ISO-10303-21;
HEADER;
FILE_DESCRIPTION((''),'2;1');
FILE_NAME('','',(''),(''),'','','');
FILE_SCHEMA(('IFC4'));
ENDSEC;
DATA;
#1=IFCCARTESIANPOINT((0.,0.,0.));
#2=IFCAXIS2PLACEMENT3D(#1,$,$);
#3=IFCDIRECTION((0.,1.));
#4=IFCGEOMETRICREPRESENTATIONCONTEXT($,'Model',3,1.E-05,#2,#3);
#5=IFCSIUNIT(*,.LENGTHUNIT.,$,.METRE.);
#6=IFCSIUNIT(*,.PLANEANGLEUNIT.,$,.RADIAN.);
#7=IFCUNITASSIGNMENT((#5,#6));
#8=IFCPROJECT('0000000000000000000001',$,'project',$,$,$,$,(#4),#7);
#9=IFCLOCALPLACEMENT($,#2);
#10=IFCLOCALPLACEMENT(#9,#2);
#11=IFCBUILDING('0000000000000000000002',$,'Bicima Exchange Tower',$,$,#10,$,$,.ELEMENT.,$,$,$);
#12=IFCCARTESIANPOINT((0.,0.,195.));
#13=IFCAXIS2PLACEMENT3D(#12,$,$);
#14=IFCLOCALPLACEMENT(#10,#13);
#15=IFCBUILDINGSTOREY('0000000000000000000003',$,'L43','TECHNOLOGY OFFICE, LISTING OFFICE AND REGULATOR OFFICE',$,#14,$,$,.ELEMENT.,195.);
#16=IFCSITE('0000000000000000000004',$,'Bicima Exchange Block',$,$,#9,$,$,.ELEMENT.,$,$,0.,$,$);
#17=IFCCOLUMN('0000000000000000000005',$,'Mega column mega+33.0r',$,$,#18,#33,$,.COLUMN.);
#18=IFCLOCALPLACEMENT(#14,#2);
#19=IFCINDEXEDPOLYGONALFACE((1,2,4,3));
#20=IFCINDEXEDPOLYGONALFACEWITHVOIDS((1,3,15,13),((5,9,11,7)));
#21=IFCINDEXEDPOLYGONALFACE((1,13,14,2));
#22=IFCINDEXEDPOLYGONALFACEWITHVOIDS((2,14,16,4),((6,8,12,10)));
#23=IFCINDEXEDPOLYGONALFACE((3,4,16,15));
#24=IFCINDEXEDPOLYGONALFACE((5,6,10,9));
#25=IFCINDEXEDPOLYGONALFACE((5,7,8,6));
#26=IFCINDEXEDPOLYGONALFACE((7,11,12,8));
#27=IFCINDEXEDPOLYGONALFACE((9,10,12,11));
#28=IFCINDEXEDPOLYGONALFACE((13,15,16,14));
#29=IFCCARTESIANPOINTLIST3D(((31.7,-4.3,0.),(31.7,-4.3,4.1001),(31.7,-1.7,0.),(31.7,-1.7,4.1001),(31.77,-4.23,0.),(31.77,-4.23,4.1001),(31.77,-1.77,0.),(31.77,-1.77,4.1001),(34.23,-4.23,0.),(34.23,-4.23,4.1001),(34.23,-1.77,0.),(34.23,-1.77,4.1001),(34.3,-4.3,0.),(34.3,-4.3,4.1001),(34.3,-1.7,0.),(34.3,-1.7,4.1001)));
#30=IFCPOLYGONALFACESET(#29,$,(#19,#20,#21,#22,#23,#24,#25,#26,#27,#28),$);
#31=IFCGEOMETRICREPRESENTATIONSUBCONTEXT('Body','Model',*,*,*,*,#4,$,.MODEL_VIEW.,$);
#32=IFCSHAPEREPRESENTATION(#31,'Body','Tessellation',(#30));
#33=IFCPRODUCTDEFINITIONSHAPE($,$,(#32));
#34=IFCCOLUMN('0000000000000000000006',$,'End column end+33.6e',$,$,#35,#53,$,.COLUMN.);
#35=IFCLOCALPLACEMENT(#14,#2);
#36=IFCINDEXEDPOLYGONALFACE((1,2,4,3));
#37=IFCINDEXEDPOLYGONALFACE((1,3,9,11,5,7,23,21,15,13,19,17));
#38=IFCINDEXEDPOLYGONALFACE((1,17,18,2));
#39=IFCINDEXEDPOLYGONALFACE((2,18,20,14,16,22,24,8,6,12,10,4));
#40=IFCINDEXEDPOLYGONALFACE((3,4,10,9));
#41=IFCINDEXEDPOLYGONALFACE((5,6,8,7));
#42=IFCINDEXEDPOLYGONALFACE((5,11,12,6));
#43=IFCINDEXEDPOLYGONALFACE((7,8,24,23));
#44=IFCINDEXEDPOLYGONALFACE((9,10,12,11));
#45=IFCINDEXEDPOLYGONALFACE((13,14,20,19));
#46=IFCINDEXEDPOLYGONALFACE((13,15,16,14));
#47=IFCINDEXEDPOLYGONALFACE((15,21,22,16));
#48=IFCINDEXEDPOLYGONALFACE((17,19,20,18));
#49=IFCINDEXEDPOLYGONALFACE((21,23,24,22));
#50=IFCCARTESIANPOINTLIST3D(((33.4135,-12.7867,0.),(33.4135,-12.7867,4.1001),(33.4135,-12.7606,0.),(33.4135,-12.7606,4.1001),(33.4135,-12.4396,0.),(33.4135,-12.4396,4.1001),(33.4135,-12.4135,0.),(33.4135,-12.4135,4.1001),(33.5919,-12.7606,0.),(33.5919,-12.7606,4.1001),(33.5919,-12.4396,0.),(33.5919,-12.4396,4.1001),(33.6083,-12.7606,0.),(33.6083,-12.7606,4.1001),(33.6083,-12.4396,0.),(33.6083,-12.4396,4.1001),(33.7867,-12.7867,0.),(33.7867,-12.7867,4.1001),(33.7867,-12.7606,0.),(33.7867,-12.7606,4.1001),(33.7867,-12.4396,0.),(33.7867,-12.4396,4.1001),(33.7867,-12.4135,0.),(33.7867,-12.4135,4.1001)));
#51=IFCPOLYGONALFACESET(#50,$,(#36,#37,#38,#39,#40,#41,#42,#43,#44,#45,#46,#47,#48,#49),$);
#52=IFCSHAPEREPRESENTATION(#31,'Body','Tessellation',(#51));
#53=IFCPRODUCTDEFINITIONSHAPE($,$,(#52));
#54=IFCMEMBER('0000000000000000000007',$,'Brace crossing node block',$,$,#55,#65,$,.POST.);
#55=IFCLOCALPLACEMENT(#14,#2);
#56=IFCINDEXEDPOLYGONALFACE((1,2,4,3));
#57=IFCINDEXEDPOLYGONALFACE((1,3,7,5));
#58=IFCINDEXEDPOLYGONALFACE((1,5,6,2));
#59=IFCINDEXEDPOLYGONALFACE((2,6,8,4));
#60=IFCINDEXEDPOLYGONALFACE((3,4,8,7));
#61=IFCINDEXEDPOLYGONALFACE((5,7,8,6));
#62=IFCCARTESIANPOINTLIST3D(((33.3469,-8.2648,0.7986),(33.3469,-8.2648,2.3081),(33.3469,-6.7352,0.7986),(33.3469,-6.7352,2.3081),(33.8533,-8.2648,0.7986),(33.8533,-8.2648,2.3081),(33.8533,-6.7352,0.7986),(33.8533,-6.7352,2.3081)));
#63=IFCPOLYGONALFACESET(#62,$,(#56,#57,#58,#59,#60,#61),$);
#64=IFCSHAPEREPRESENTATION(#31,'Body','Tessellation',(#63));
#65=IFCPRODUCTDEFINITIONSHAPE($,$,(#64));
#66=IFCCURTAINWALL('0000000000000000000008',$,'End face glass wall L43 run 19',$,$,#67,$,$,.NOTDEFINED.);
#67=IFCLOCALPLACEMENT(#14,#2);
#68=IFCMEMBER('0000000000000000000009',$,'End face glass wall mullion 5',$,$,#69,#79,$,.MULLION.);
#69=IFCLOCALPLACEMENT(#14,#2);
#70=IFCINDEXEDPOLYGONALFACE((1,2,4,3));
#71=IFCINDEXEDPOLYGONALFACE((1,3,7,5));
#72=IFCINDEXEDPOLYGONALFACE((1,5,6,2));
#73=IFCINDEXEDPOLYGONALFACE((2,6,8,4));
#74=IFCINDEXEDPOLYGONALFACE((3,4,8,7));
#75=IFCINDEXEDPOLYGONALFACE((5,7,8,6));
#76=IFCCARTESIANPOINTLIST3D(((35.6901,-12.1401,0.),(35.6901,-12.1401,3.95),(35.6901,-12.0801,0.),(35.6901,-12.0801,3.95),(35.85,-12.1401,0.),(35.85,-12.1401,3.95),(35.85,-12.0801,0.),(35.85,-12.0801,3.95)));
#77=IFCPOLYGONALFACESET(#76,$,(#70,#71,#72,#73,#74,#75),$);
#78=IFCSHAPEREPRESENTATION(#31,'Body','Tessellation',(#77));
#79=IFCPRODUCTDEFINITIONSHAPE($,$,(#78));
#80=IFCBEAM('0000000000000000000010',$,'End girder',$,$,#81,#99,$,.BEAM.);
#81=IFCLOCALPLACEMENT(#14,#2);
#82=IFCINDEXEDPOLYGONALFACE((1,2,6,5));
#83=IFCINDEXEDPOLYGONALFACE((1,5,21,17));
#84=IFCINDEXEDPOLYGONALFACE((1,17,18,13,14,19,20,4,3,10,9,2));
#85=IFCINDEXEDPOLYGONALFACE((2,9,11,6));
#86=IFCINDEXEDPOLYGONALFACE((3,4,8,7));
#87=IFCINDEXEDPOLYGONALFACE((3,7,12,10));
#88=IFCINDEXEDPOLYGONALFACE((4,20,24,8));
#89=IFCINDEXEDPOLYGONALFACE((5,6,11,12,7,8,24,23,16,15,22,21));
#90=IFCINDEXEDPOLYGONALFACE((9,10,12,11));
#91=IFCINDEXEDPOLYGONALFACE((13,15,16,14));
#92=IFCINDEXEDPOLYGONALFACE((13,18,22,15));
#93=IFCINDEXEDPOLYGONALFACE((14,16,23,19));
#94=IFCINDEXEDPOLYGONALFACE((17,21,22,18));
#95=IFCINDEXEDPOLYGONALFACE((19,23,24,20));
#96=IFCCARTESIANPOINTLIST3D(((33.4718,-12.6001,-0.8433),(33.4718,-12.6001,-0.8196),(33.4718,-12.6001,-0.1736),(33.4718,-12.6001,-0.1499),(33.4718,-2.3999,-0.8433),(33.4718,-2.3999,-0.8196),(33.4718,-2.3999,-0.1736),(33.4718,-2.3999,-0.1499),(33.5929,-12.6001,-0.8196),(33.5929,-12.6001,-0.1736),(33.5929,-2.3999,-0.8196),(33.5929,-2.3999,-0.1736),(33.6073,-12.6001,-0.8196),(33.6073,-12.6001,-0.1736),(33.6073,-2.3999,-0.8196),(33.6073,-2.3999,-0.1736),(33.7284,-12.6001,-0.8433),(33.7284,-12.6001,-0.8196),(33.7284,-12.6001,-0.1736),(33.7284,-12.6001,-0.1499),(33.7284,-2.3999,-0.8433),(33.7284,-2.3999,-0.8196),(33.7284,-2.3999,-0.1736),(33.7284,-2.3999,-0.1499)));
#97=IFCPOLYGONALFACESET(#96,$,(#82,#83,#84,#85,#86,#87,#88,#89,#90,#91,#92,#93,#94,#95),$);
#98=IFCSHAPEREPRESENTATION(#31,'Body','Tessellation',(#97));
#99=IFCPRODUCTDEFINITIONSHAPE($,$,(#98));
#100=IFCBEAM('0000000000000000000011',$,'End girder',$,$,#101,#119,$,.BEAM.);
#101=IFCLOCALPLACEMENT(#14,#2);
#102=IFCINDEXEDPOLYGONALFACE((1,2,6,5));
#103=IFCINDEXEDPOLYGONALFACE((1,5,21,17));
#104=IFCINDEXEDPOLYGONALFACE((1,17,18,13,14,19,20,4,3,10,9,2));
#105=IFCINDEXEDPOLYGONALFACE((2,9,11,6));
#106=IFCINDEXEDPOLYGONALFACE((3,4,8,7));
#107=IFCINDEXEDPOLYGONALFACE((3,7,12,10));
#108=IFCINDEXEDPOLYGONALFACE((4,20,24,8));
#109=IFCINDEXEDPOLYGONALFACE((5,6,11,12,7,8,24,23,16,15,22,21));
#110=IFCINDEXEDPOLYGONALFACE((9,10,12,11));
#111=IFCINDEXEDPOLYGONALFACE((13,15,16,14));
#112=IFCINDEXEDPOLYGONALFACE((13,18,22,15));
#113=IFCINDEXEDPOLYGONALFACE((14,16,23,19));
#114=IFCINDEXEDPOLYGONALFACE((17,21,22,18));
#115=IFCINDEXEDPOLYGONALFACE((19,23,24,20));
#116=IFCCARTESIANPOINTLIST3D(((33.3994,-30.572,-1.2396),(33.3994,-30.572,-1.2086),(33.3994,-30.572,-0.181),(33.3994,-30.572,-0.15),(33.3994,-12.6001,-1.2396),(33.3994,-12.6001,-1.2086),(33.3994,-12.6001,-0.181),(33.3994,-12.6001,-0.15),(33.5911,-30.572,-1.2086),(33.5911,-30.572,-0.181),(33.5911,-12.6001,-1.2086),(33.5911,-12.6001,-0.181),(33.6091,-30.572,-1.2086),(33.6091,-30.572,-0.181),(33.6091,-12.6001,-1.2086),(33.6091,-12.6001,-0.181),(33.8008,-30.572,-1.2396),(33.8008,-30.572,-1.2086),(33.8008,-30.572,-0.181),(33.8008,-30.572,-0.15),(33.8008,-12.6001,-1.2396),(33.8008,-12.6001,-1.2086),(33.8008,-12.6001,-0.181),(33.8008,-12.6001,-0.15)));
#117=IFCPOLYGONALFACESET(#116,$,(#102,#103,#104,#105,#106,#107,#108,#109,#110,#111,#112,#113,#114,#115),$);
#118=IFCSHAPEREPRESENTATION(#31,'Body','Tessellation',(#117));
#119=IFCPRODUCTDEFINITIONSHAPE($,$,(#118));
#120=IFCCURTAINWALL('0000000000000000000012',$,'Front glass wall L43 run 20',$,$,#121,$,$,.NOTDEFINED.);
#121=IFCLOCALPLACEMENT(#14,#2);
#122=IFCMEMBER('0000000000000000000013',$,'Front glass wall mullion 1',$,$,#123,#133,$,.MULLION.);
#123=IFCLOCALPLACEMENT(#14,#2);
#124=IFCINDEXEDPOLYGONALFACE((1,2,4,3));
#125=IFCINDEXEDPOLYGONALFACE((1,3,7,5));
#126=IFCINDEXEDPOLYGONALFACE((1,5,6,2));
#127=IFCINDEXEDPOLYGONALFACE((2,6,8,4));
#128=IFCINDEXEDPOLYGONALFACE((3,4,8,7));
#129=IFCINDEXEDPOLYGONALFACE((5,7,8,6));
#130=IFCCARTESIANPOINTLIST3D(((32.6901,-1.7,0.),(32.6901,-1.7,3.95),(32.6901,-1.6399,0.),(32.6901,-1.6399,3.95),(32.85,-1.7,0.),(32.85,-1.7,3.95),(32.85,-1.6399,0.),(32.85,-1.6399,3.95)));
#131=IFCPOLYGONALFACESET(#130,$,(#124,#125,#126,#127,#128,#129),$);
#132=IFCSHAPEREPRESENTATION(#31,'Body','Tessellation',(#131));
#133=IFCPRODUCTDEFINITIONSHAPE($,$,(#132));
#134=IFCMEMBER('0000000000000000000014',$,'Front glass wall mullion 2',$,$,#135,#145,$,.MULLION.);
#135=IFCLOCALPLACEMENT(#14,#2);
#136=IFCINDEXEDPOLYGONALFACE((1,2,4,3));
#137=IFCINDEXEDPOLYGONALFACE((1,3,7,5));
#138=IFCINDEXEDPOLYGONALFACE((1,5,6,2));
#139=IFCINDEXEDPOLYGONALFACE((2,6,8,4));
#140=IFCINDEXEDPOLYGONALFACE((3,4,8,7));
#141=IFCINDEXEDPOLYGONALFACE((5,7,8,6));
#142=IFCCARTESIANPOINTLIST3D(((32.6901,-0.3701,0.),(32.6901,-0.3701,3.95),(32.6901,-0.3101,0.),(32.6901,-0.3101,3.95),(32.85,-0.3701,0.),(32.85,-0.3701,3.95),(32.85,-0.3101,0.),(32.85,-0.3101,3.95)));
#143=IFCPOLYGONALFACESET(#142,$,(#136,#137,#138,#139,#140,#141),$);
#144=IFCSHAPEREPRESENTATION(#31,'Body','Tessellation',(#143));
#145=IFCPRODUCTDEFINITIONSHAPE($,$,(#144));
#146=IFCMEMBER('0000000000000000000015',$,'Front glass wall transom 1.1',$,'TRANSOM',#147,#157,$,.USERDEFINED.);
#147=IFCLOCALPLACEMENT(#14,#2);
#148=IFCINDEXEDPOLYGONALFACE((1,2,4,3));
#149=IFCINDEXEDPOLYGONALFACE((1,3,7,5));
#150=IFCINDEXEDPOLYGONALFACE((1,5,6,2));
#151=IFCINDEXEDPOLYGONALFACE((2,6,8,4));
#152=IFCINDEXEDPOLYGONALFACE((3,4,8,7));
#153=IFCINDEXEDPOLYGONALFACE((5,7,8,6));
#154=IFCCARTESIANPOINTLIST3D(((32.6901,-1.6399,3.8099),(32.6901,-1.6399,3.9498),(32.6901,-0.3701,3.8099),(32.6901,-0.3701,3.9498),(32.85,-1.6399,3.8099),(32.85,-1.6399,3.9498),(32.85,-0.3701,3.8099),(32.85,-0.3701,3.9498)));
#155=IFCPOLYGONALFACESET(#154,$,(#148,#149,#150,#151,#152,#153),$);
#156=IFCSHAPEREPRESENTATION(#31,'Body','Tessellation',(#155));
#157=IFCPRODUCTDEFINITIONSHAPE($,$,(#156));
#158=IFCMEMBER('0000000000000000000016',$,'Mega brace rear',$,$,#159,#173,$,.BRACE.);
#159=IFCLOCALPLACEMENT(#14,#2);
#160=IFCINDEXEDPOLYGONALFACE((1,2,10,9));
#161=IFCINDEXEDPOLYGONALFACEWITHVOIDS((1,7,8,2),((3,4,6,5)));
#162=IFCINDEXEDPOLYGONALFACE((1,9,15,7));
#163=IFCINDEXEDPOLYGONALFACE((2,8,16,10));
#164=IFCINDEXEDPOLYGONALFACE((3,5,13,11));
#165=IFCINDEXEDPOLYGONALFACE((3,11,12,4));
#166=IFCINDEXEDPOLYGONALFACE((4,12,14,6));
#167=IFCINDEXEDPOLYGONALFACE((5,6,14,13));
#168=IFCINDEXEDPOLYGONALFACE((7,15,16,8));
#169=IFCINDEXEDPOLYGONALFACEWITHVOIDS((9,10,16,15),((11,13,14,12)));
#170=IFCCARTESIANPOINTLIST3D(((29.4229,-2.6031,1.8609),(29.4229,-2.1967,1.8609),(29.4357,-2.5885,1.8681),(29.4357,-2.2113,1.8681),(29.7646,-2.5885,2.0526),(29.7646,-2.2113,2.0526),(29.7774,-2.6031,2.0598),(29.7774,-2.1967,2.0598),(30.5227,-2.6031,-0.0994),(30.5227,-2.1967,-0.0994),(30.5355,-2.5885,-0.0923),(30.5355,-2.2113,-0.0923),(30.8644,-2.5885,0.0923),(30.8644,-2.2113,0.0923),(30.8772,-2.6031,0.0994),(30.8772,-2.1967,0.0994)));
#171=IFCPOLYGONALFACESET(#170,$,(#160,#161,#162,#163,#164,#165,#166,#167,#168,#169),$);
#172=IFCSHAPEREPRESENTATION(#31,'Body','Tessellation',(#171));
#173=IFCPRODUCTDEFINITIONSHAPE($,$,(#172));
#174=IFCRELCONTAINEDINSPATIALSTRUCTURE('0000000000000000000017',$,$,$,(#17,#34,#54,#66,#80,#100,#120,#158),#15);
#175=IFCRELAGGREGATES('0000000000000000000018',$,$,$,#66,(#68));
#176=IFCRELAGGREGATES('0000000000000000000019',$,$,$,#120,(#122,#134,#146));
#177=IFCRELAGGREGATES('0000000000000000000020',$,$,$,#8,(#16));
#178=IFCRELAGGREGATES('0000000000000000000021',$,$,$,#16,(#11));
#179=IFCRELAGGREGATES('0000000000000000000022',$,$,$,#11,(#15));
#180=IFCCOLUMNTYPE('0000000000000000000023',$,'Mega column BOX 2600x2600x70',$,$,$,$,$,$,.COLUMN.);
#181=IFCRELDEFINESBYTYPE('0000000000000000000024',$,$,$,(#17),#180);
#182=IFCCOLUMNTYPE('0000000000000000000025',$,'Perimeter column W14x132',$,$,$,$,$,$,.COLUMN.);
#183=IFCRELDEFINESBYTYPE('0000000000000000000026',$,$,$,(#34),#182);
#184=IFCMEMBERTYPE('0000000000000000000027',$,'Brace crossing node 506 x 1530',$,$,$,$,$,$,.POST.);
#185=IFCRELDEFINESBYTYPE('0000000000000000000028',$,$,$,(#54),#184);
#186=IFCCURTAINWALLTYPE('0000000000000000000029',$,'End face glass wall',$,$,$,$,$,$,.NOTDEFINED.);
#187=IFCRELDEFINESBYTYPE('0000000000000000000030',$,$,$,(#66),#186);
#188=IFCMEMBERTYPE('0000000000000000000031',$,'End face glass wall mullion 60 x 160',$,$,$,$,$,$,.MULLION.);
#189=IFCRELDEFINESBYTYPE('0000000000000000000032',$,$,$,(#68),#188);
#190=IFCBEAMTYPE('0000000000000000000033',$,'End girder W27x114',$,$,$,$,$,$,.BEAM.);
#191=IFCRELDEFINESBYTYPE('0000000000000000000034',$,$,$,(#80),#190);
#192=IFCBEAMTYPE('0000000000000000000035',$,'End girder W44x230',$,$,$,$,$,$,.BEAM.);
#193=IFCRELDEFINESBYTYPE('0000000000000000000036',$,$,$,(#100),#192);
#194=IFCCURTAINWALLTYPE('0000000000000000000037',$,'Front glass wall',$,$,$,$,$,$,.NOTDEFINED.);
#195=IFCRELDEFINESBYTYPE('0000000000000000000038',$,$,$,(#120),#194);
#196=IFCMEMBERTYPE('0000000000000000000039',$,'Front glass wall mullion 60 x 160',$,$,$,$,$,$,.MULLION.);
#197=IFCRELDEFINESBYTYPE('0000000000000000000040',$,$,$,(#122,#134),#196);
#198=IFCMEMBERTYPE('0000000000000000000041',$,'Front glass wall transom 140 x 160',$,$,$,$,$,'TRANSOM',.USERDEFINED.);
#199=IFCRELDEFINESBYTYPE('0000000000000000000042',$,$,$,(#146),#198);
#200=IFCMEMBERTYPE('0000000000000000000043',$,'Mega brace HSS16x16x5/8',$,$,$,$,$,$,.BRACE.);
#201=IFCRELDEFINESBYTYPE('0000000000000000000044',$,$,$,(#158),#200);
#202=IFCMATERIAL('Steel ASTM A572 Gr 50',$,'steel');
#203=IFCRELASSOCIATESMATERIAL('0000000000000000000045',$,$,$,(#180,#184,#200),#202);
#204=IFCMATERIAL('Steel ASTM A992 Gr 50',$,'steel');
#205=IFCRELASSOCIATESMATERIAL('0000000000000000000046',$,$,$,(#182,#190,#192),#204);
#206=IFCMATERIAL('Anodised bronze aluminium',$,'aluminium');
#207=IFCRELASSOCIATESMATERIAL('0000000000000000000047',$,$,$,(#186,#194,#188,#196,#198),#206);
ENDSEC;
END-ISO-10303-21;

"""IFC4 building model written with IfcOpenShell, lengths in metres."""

from ifc_helpers import new_model, si_unit, direction, frame, origin, origin_2d, place, context, subcontext, project, spatial, rectangle, hollow_rectangle, i_section, extrude, material, material_profile, profile_set, type_object, element, aggregate, save


model = new_model("IFC4")

# Units and contexts
model_context = context("Model", 3, precision=1e-05, world=origin(), true_north=direction((0.0, 1.0)))
body_context = subcontext(model_context, "Body", "Model", "MODEL_VIEW")
ifc_project = project(units=[si_unit("LENGTHUNIT", "METRE"), si_unit("PLANEANGLEUNIT", "RADIAN")], contexts=[model_context])

# Site, building, storey
site_placement = place(None, origin())
site = spatial("IfcSite", under=ifc_project, at=site_placement, Name="Bicima Exchange Block", CompositionType="ELEMENT", RefElevation=0.0)
building_placement = place(site_placement, origin())
building = spatial("IfcBuilding", under=site, at=building_placement, Name="Bicima Exchange Tower", CompositionType="ELEMENT")
storey_placement = place(building_placement, frame((0.0, 0.0, 195.0)))
storey = spatial("IfcBuildingStorey", under=building, at=storey_placement, Name="L43", Description="TECHNOLOGY OFFICE, LISTING OFFICE AND REGULATOR OFFICE", CompositionType="ELEMENT", Elevation=195.0)

# Columns
ifc_material_1 = material(Name="Steel ASTM A572 Gr 50", Category="steel")
ifc_material_profile_1 = material_profile(ifc_material_1, hollow_rectangle(XDim=2.6001, YDim=2.6001, WallThickness=0.0701, at=origin_2d()))
ifc_profile_set_1 = profile_set([ifc_material_profile_1], Name="Steel ASTM A572 Gr 50")
column_type_1 = type_object("IfcColumnType", Name="Mega column BOX 2600x2600x70", PredefinedType="COLUMN", material=ifc_profile_set_1)
column_1_placement = place(storey_placement, frame((33.0, -3.0, 0.0), z_axis=(0.0, 0.0, 1.0), x_axis=(1.0, 0.0, 0.0)))
element("IfcColumn", 1, at=column_1_placement, inside=storey, type_object=column_type_1, Name="Mega column mega+33.0r", PredefinedType="COLUMN", context=body_context, shape_type="SweptSolid", body=[
    extrude(hollow_rectangle(XDim=2.6001, YDim=2.6001, WallThickness=0.0701, at=origin_2d()), origin(), (0.0, 0.0, 1.0), 4.1001),
])
ifc_material_2 = material(Name="Steel ASTM A992 Gr 50", Category="steel")
ifc_material_profile_2 = material_profile(ifc_material_2, i_section(OverallWidth=0.3733, OverallDepth=0.3733, WebThickness=0.0164, FlangeThickness=0.0261, at=origin_2d()))
ifc_profile_set_2 = profile_set([ifc_material_profile_2], Name="Steel ASTM A992 Gr 50")
column_type_2 = type_object("IfcColumnType", Name="Perimeter column W14x132", PredefinedType="COLUMN", material=ifc_profile_set_2)
column_2_placement = place(storey_placement, frame((33.6001, -12.6001, 0.0), z_axis=(0.0, 0.0, 1.0), x_axis=(1.0, 0.0, 0.0)))
element("IfcColumn", 2, at=column_2_placement, inside=storey, type_object=column_type_2, Name="End column end+33.6e", PredefinedType="COLUMN", context=body_context, shape_type="SweptSolid", body=[
    extrude(i_section(OverallWidth=0.3733, OverallDepth=0.3733, WebThickness=0.0164, FlangeThickness=0.0261, at=origin_2d()), origin(), (0.0, 0.0, 1.0), 4.1001),
])

# Member
ifc_material_profile_3 = material_profile(ifc_material_1, rectangle(XDim=0.5063, YDim=1.5295, at=origin_2d()))
ifc_profile_set_3 = profile_set([ifc_material_profile_3], Name="Steel ASTM A572 Gr 50")
member_type_1 = type_object("IfcMemberType", Name="Brace crossing node 506 x 1530", PredefinedType="POST", material=ifc_profile_set_3)
member_1_placement = place(storey_placement, frame((33.6001, -7.5, 0.7986), z_axis=(0.0, 0.0, 1.0), x_axis=(1.0, 0.0, 0.0)))
element("IfcMember", 3, at=member_1_placement, inside=storey, type_object=member_type_1, Name="Brace crossing node block", PredefinedType="POST", context=body_context, shape_type="SweptSolid", body=[
    extrude(rectangle(XDim=0.5063, YDim=1.5295, at=origin_2d()), origin(), (0.0, 0.0, 1.0), 1.5095),
])

# Curtain wall, member
ifc_material_3 = material(Name="Anodised bronze aluminium", Category="aluminium")
curtain_wall_type_1 = type_object("IfcCurtainWallType", Name="End face glass wall", PredefinedType="NOTDEFINED", material=ifc_material_3)
curtain_wall_1_placement = place(storey_placement, origin())
curtain_wall_1 = element("IfcCurtainWall", 4, at=curtain_wall_1_placement, inside=storey, type_object=curtain_wall_type_1, Name="End face glass wall L43 run 19", PredefinedType="NOTDEFINED")
ifc_material_profile_4 = material_profile(ifc_material_3, rectangle(XDim=0.1599, YDim=0.0601, at=origin_2d()))
ifc_profile_set_4 = profile_set([ifc_material_profile_4], Name="Anodised bronze aluminium")
member_type_2 = type_object("IfcMemberType", Name="End face glass wall mullion 60 x 160", PredefinedType="MULLION", material=ifc_profile_set_4)
member_2_placement = place(storey_placement, frame((35.77, -12.1101, 0.0), z_axis=(0.0, 0.0, 1.0), x_axis=(-1.0, 0.0, 0.0)))
member_2 = element("IfcMember", 5, at=member_2_placement, type_object=member_type_2, Name="End face glass wall mullion 5", PredefinedType="MULLION", context=body_context, shape_type="SweptSolid", body=[
    extrude(rectangle(XDim=0.1599, YDim=0.0601, at=origin_2d()), origin(), (0.0, 0.0, 1.0), 3.95),
])
aggregate(curtain_wall_1, [member_2])

# Beams
ifc_material_profile_5 = material_profile(ifc_material_2, i_section(OverallWidth=0.2566, OverallDepth=0.6934, WebThickness=0.0144, FlangeThickness=0.0237, at=origin_2d()))
ifc_profile_set_5 = profile_set([ifc_material_profile_5], Name="Steel ASTM A992 Gr 50")
beam_type_1 = type_object("IfcBeamType", Name="End girder W27x114", PredefinedType="BEAM", material=ifc_profile_set_5)
beam_1_placement = place(storey_placement, frame((33.6001, -2.3999, -0.4966), z_axis=(0.0, -1.0, 0.0), x_axis=(1.0, 0.0, 0.0)))
element("IfcBeam", 6, at=beam_1_placement, inside=storey, type_object=beam_type_1, Name="End girder", PredefinedType="BEAM", context=body_context, shape_type="SweptSolid", body=[
    extrude(i_section(OverallWidth=0.2566, OverallDepth=0.6934, WebThickness=0.0144, FlangeThickness=0.0237, at=origin_2d()), origin(), (0.0, 0.0, 1.0), 10.2002),
])
ifc_material_profile_6 = material_profile(ifc_material_2, i_section(OverallWidth=0.4014, OverallDepth=1.0896, WebThickness=0.0181, FlangeThickness=0.031, at=origin_2d()))
ifc_profile_set_6 = profile_set([ifc_material_profile_6], Name="Steel ASTM A992 Gr 50")
beam_type_2 = type_object("IfcBeamType", Name="End girder W44x230", PredefinedType="BEAM", material=ifc_profile_set_6)
beam_2_placement = place(storey_placement, frame((33.6001, -12.6001, -0.6948), z_axis=(0.0, -1.0, 0.0), x_axis=(1.0, 0.0, 0.0)))
element("IfcBeam", 7, at=beam_2_placement, inside=storey, type_object=beam_type_2, Name="End girder", PredefinedType="BEAM", context=body_context, shape_type="SweptSolid", body=[
    extrude(i_section(OverallWidth=0.4014, OverallDepth=1.0896, WebThickness=0.0181, FlangeThickness=0.031, at=origin_2d()), origin(), (0.0, 0.0, 1.0), 17.9719),
])

# Curtain wall, members
curtain_wall_type_2 = type_object("IfcCurtainWallType", Name="Front glass wall", PredefinedType="NOTDEFINED", material=ifc_material_3)
curtain_wall_2_placement = place(storey_placement, origin())
curtain_wall_2 = element("IfcCurtainWall", 8, at=curtain_wall_2_placement, inside=storey, type_object=curtain_wall_type_2, Name="Front glass wall L43 run 20", PredefinedType="NOTDEFINED")
member_type_3 = type_object("IfcMemberType", Name="Front glass wall mullion 60 x 160", PredefinedType="MULLION", material=ifc_profile_set_4)
member_3_placement = place(storey_placement, frame((32.77, -1.6699, 0.0), z_axis=(0.0, 0.0, 1.0), x_axis=(-1.0, 0.0, 0.0)))
member_3 = element("IfcMember", 9, at=member_3_placement, type_object=member_type_3, Name="Front glass wall mullion 1", PredefinedType="MULLION", context=body_context, shape_type="SweptSolid", body=[
    extrude(rectangle(XDim=0.1599, YDim=0.0601, at=origin_2d()), origin(), (0.0, 0.0, 1.0), 3.95),
])
member_4_placement = place(storey_placement, frame((32.77, -0.3401, 0.0), z_axis=(0.0, 0.0, 1.0), x_axis=(-1.0, 0.0, 0.0)))
member_4 = element("IfcMember", 10, at=member_4_placement, type_object=member_type_3, Name="Front glass wall mullion 2", PredefinedType="MULLION", context=body_context, shape_type="SweptSolid", body=[
    extrude(rectangle(XDim=0.1599, YDim=0.0601, at=origin_2d()), origin(), (0.0, 0.0, 1.0), 3.95),
])
ifc_material_profile_7 = material_profile(ifc_material_3, rectangle(XDim=0.1599, YDim=0.1399, at=origin_2d()))
ifc_profile_set_7 = profile_set([ifc_material_profile_7], Name="Anodised bronze aluminium")
member_type_4 = type_object("IfcMemberType", Name="Front glass wall transom 140 x 160", ElementType="TRANSOM", PredefinedType="USERDEFINED", material=ifc_profile_set_7)
member_5_placement = place(storey_placement, frame((32.77, -1.6399, 3.8799), z_axis=(0.0, 1.0, 0.0), x_axis=(-1.0, 0.0, 0.0)))
member_5 = element("IfcMember", 11, at=member_5_placement, type_object=member_type_4, Name="Front glass wall transom 1.1", ObjectType="TRANSOM", PredefinedType="USERDEFINED", context=body_context, shape_type="SweptSolid", body=[
    extrude(rectangle(XDim=0.1599, YDim=0.1399, at=origin_2d()), origin(), (0.0, 0.0, 1.0), 1.2698),
])

# Member
ifc_material_profile_8 = material_profile(ifc_material_1, hollow_rectangle(XDim=0.4065, YDim=0.4065, WallThickness=0.0146, at=origin_2d()))
ifc_profile_set_8 = profile_set([ifc_material_profile_8], Name="Steel ASTM A572 Gr 50")
member_type_5 = type_object("IfcMemberType", Name="Mega brace HSS16x16x5/8", PredefinedType="BRACE", material=ifc_profile_set_8)
member_6_placement = place(storey_placement, frame((30.7, -2.3999, 0.0), z_axis=(-0.489281, 0.0, 0.872126), x_axis=(0.0, -1.0, 0.0)))
element("IfcMember", 12, at=member_6_placement, inside=storey, type_object=member_type_5, Name="Mega brace rear", PredefinedType="BRACE", context=body_context, shape_type="SweptSolid", body=[
    extrude(hollow_rectangle(XDim=0.4065, YDim=0.4065, WallThickness=0.0146, at=origin_2d()), origin(), (0.0, 0.0, 1.0), 2.2478),
])

aggregate(curtain_wall_2, [member_3, member_4, member_5])

save(model, "model.ifc")
